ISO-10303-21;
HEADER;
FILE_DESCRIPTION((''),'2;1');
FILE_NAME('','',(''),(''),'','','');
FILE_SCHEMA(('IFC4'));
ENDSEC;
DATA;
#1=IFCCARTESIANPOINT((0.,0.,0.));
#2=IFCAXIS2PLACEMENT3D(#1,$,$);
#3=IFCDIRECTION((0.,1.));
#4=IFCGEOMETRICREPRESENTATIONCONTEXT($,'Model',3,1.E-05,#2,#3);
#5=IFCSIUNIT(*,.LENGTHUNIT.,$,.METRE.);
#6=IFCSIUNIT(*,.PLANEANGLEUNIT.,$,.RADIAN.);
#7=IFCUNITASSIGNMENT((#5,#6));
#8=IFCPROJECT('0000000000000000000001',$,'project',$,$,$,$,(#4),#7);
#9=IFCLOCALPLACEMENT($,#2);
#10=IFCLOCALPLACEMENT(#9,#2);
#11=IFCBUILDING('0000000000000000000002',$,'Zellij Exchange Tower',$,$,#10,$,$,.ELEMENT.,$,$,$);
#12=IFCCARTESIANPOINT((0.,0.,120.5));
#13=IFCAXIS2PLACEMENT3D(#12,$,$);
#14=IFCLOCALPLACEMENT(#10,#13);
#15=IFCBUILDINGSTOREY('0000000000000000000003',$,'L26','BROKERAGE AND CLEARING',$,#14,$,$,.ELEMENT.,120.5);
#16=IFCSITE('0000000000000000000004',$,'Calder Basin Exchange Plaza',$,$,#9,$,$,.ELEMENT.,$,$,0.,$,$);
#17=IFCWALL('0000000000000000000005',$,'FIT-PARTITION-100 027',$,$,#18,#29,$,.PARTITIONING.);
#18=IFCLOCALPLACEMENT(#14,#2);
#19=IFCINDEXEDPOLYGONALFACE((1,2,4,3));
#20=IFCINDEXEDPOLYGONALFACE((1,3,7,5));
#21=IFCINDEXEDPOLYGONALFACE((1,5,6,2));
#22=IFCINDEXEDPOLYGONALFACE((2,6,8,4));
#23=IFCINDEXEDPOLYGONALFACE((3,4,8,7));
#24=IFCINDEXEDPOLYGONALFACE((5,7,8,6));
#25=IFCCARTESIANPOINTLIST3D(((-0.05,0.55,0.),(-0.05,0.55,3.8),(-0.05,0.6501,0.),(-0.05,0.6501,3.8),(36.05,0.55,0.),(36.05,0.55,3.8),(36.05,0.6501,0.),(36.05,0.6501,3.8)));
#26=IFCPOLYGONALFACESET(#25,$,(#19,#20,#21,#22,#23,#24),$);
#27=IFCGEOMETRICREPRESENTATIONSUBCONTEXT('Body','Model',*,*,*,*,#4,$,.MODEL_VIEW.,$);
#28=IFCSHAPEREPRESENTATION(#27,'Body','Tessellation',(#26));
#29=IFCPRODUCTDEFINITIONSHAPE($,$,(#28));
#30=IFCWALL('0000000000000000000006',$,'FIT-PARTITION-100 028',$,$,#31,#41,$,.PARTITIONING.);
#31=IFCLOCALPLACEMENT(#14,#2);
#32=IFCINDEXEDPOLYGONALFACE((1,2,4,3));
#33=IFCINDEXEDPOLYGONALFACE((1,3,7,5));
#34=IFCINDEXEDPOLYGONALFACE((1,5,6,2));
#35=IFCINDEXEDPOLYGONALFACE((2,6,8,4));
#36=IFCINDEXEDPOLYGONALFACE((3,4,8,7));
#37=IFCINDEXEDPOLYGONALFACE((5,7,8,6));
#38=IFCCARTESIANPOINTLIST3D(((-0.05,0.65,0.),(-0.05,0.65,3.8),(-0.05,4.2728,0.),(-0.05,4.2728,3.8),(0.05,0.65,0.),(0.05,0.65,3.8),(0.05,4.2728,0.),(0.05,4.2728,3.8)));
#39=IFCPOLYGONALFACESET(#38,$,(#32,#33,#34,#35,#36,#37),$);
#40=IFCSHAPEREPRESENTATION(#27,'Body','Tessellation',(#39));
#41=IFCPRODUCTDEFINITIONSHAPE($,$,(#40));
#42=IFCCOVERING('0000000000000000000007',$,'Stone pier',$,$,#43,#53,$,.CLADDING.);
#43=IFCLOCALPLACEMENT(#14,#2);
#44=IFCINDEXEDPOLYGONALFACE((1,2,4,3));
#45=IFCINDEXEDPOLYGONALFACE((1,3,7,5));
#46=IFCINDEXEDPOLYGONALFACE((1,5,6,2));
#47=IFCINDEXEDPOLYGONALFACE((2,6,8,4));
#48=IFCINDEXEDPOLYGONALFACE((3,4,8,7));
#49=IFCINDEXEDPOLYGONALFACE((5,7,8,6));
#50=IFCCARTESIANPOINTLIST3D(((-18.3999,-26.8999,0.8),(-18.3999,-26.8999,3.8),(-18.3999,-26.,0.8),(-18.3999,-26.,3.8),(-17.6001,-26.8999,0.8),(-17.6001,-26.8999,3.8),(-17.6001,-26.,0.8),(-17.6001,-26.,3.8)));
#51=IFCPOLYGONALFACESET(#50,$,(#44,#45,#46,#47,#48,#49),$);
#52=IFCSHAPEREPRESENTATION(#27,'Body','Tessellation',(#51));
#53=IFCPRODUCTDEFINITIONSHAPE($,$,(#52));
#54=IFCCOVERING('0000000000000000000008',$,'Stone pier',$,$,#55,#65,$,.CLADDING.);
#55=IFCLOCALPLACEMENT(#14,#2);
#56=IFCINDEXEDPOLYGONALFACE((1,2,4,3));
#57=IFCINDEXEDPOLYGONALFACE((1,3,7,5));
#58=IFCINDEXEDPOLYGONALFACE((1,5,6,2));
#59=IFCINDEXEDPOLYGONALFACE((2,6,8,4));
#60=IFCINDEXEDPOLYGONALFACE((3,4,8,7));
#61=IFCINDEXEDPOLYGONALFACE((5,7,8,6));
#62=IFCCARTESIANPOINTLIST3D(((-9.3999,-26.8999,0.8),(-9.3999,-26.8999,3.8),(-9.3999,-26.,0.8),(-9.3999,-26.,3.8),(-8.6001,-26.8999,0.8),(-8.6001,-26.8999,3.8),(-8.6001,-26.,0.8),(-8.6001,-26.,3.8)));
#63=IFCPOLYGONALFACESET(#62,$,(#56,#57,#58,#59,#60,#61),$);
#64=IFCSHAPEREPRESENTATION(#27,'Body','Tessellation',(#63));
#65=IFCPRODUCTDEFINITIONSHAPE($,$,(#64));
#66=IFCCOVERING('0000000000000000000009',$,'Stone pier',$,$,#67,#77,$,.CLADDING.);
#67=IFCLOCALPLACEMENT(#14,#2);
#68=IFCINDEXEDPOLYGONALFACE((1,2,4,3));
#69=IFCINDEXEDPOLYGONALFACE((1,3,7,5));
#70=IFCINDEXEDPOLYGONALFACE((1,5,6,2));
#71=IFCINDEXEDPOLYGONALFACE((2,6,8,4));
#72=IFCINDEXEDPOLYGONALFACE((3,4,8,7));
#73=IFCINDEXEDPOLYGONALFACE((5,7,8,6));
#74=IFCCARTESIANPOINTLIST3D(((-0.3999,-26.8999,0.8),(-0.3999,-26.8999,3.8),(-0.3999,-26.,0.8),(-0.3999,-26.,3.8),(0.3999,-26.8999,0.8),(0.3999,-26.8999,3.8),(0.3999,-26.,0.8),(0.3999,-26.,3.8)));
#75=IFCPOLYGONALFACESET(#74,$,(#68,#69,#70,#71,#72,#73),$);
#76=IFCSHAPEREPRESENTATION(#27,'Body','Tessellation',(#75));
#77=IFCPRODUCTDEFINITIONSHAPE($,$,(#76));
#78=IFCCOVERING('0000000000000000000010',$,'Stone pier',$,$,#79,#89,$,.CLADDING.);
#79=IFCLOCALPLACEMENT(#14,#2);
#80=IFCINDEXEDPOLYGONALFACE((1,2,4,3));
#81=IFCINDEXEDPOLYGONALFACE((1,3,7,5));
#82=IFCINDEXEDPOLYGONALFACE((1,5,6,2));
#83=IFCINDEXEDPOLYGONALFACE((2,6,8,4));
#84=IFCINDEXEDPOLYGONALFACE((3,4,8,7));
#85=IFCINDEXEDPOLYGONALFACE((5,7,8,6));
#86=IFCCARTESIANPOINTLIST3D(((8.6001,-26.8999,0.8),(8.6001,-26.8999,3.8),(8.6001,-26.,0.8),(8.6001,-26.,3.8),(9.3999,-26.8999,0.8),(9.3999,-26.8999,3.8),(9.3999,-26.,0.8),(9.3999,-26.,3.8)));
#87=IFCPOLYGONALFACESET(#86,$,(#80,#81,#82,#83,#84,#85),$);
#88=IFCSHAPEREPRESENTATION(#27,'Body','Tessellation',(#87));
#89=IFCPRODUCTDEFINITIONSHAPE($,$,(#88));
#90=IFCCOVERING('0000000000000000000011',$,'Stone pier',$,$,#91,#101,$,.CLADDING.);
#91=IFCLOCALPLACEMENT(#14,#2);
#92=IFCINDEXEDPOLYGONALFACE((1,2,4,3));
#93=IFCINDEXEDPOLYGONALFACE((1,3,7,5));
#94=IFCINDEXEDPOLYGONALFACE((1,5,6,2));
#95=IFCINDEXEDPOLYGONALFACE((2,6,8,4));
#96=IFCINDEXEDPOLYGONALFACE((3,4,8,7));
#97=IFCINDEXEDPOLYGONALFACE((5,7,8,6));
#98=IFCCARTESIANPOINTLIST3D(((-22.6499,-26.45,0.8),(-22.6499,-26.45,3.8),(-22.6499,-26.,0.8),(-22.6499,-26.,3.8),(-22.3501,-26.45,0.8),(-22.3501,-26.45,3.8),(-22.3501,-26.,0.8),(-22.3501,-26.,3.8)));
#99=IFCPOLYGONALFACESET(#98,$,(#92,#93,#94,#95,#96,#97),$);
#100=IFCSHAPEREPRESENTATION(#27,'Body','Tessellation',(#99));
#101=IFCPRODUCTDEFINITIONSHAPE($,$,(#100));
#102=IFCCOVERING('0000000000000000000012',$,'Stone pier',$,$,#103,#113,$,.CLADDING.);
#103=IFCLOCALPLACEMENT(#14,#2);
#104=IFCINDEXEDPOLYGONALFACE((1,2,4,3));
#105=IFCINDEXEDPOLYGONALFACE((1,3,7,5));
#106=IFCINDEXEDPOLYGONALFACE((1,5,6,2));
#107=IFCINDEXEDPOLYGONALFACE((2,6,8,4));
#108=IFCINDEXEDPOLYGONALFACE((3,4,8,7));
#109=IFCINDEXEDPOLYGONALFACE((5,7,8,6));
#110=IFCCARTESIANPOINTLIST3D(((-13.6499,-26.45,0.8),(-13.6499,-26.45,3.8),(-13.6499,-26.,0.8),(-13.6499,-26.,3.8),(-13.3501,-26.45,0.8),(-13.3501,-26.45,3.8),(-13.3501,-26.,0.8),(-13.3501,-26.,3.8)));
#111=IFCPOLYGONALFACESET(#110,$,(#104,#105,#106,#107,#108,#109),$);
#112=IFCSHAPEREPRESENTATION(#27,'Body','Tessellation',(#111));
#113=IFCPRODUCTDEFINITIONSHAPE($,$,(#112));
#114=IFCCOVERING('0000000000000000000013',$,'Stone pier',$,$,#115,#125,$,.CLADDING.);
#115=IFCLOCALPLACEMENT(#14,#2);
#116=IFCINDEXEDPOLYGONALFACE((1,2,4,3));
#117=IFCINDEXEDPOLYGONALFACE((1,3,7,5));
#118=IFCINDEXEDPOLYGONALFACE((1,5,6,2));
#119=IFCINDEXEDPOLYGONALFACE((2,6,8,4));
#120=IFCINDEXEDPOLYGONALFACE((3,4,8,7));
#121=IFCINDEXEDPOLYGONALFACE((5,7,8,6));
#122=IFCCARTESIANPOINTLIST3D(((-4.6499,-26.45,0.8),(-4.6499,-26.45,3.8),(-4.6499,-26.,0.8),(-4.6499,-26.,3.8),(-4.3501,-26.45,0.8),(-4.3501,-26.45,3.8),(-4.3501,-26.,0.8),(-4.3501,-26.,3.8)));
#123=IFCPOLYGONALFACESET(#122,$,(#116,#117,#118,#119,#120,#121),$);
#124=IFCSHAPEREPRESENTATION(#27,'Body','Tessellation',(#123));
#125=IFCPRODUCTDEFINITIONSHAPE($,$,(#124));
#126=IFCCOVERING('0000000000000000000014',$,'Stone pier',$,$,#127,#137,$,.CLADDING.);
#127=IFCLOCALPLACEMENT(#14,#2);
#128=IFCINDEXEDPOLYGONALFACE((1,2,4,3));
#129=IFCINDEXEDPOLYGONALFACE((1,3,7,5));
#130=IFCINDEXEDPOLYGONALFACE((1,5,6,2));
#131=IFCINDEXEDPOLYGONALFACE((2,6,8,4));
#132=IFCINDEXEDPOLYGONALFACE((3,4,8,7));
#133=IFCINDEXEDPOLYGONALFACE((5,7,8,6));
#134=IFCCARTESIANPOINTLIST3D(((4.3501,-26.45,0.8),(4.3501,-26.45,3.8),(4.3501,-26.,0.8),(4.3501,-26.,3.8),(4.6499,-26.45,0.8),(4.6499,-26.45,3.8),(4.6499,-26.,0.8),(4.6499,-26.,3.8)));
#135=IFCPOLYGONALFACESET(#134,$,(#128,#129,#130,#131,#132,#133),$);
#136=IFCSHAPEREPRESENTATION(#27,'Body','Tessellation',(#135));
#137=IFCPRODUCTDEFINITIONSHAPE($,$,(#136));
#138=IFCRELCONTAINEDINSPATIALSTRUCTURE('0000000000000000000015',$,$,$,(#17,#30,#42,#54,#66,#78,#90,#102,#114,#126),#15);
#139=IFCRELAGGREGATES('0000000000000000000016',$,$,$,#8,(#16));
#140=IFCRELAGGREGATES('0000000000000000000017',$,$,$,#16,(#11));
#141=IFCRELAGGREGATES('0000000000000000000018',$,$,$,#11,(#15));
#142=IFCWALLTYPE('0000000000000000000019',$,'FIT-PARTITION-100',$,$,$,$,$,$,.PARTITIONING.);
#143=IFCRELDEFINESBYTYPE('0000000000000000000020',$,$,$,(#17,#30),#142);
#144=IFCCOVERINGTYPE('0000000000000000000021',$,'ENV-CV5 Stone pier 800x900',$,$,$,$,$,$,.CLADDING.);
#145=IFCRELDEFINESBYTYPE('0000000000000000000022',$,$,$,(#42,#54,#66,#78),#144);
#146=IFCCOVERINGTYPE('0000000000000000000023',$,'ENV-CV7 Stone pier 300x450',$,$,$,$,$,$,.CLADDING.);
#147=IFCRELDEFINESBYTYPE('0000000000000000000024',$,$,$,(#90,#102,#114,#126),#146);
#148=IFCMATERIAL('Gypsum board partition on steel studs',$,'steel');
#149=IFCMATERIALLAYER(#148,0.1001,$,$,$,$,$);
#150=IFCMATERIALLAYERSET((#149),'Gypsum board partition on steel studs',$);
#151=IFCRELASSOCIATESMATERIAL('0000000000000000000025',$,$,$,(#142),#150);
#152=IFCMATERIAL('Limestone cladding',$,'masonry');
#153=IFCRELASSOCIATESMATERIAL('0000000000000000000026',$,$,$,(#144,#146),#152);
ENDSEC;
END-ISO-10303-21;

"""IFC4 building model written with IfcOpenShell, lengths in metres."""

from ifc_helpers import new_model, si_unit, direction, frame, frame_2d, origin, place, context, subcontext, project, spatial, polyline, rectangle, outline, extrude, material, layer, layer_set, type_object, element, save


model = new_model("IFC4")

# Units and contexts
model_context = context("Model", 3, precision=1e-05, world=origin(), true_north=direction((0.0, 1.0)))
body_context = subcontext(model_context, "Body", "Model", "MODEL_VIEW")
ifc_project = project(units=[si_unit("LENGTHUNIT", "METRE"), si_unit("PLANEANGLEUNIT", "RADIAN")], contexts=[model_context])

# Site, building, storey
site_placement = place(None, origin())
site = spatial("IfcSite", under=ifc_project, at=site_placement, Name="Calder Basin Exchange Plaza", CompositionType="ELEMENT", RefElevation=0.0)
building_placement = place(site_placement, origin())
building = spatial("IfcBuilding", under=site, at=building_placement, Name="Zellij Exchange Tower", CompositionType="ELEMENT")
storey_placement = place(building_placement, frame((0.0, 0.0, 120.5)))
storey = spatial("IfcBuildingStorey", under=building, at=storey_placement, Name="L26", Description="BROKERAGE AND CLEARING", CompositionType="ELEMENT", Elevation=120.5)

# Walls
ifc_material_1 = material(Name="Gypsum board partition on steel studs", Category="steel")
ifc_layer_1 = layer(ifc_material_1, 0.1001)
ifc_layer_set_1 = layer_set([ifc_layer_1], Name="Gypsum board partition on steel studs")
wall_type_1 = type_object("IfcWallType", Name="FIT-PARTITION-100", PredefinedType="PARTITIONING", material=ifc_layer_set_1)
wall_1_placement = place(storey_placement, frame((-0.05, 0.6001, 0.0), z_axis=(0.0, 0.0, 1.0), x_axis=(1.0, 0.0, 0.0)))
element("IfcWall", 1, at=wall_1_placement, inside=storey, type_object=wall_type_1, Name="FIT-PARTITION-100 027", PredefinedType="PARTITIONING", context=body_context, shape_type="SweptSolid", body=[
    extrude(rectangle(XDim=36.1001, YDim=0.1001, at=frame_2d((18.05, 0.0))), origin(), (0.0, 0.0, 1.0), 3.8),
])
wall_2_placement = place(storey_placement, frame((0.0, 0.6499, 0.0), z_axis=(0.0, 0.0, 1.0), x_axis=(0.0, 1.0, 0.0)))
element("IfcWall", 2, at=wall_2_placement, inside=storey, type_object=wall_type_1, Name="FIT-PARTITION-100 028", PredefinedType="PARTITIONING", context=body_context, shape_type="SweptSolid", body=[
    extrude(rectangle(XDim=3.6228, YDim=0.1001, at=frame_2d((1.8115, 0.0))), origin(), (0.0, 0.0, 1.0), 3.8),
])

# Coverings
ifc_material_2 = material(Name="Limestone cladding", Category="masonry")
covering_type_1 = type_object("IfcCoveringType", Name="ENV-CV5 Stone pier 800x900", PredefinedType="CLADDING", material=ifc_material_2)
covering_1_placement = place(storey_placement, frame((0.0, 0.0, 0.8)))
element("IfcCovering", 3, at=covering_1_placement, inside=storey, type_object=covering_type_1, Name="Stone pier", PredefinedType="CLADDING", context=body_context, shape_type="SweptSolid", body=[
    extrude(outline(polyline([(-18.3999, -26.0), (-17.6001, -26.0), (-17.6001, -26.8999), (-18.3999, -26.8999), (-18.3999, -26.0)])), origin(), (0.0, 0.0, 1.0), 3.0),
])
covering_2_placement = place(storey_placement, frame((0.0, 0.0, 0.8)))
element("IfcCovering", 4, at=covering_2_placement, inside=storey, type_object=covering_type_1, Name="Stone pier", PredefinedType="CLADDING", context=body_context, shape_type="SweptSolid", body=[
    extrude(outline(polyline([(-9.3999, -26.0), (-8.6001, -26.0), (-8.6001, -26.8999), (-9.3999, -26.8999), (-9.3999, -26.0)])), origin(), (0.0, 0.0, 1.0), 3.0),
])
covering_3_placement = place(storey_placement, frame((0.0, 0.0, 0.8)))
element("IfcCovering", 5, at=covering_3_placement, inside=storey, type_object=covering_type_1, Name="Stone pier", PredefinedType="CLADDING", context=body_context, shape_type="SweptSolid", body=[
    extrude(outline(polyline([(-0.3999, -26.0), (0.3999, -26.0), (0.3999, -26.8999), (-0.3999, -26.8999), (-0.3999, -26.0)])), origin(), (0.0, 0.0, 1.0), 3.0),
])
covering_4_placement = place(storey_placement, frame((0.0, 0.0, 0.8)))
element("IfcCovering", 6, at=covering_4_placement, inside=storey, type_object=covering_type_1, Name="Stone pier", PredefinedType="CLADDING", context=body_context, shape_type="SweptSolid", body=[
    extrude(outline(polyline([(8.6001, -26.0), (9.3999, -26.0), (9.3999, -26.8999), (8.6001, -26.8999), (8.6001, -26.0)])), origin(), (0.0, 0.0, 1.0), 3.0),
])
covering_type_2 = type_object("IfcCoveringType", Name="ENV-CV7 Stone pier 300x450", PredefinedType="CLADDING", material=ifc_material_2)
covering_5_placement = place(storey_placement, frame((0.0, 0.0, 0.8)))
element("IfcCovering", 7, at=covering_5_placement, inside=storey, type_object=covering_type_2, Name="Stone pier", PredefinedType="CLADDING", context=body_context, shape_type="SweptSolid", body=[
    extrude(outline(polyline([(-22.6499, -26.0), (-22.3501, -26.0), (-22.3501, -26.45), (-22.6499, -26.45), (-22.6499, -26.0)])), origin(), (0.0, 0.0, 1.0), 3.0),
])
covering_6_placement = place(storey_placement, frame((0.0, 0.0, 0.8)))
element("IfcCovering", 8, at=covering_6_placement, inside=storey, type_object=covering_type_2, Name="Stone pier", PredefinedType="CLADDING", context=body_context, shape_type="SweptSolid", body=[
    extrude(outline(polyline([(-13.6499, -26.0), (-13.3501, -26.0), (-13.3501, -26.45), (-13.6499, -26.45), (-13.6499, -26.0)])), origin(), (0.0, 0.0, 1.0), 3.0),
])
covering_7_placement = place(storey_placement, frame((0.0, 0.0, 0.8)))
element("IfcCovering", 9, at=covering_7_placement, inside=storey, type_object=covering_type_2, Name="Stone pier", PredefinedType="CLADDING", context=body_context, shape_type="SweptSolid", body=[
    extrude(outline(polyline([(-4.6499, -26.0), (-4.3501, -26.0), (-4.3501, -26.45), (-4.6499, -26.45), (-4.6499, -26.0)])), origin(), (0.0, 0.0, 1.0), 3.0),
])
covering_8_placement = place(storey_placement, frame((0.0, 0.0, 0.8)))
element("IfcCovering", 10, at=covering_8_placement, inside=storey, type_object=covering_type_2, Name="Stone pier", PredefinedType="CLADDING", context=body_context, shape_type="SweptSolid", body=[
    extrude(outline(polyline([(4.3501, -26.0), (4.6499, -26.0), (4.6499, -26.45), (4.3501, -26.45), (4.3501, -26.0)])), origin(), (0.0, 0.0, 1.0), 3.0),
])

save(model, "model.ifc")
